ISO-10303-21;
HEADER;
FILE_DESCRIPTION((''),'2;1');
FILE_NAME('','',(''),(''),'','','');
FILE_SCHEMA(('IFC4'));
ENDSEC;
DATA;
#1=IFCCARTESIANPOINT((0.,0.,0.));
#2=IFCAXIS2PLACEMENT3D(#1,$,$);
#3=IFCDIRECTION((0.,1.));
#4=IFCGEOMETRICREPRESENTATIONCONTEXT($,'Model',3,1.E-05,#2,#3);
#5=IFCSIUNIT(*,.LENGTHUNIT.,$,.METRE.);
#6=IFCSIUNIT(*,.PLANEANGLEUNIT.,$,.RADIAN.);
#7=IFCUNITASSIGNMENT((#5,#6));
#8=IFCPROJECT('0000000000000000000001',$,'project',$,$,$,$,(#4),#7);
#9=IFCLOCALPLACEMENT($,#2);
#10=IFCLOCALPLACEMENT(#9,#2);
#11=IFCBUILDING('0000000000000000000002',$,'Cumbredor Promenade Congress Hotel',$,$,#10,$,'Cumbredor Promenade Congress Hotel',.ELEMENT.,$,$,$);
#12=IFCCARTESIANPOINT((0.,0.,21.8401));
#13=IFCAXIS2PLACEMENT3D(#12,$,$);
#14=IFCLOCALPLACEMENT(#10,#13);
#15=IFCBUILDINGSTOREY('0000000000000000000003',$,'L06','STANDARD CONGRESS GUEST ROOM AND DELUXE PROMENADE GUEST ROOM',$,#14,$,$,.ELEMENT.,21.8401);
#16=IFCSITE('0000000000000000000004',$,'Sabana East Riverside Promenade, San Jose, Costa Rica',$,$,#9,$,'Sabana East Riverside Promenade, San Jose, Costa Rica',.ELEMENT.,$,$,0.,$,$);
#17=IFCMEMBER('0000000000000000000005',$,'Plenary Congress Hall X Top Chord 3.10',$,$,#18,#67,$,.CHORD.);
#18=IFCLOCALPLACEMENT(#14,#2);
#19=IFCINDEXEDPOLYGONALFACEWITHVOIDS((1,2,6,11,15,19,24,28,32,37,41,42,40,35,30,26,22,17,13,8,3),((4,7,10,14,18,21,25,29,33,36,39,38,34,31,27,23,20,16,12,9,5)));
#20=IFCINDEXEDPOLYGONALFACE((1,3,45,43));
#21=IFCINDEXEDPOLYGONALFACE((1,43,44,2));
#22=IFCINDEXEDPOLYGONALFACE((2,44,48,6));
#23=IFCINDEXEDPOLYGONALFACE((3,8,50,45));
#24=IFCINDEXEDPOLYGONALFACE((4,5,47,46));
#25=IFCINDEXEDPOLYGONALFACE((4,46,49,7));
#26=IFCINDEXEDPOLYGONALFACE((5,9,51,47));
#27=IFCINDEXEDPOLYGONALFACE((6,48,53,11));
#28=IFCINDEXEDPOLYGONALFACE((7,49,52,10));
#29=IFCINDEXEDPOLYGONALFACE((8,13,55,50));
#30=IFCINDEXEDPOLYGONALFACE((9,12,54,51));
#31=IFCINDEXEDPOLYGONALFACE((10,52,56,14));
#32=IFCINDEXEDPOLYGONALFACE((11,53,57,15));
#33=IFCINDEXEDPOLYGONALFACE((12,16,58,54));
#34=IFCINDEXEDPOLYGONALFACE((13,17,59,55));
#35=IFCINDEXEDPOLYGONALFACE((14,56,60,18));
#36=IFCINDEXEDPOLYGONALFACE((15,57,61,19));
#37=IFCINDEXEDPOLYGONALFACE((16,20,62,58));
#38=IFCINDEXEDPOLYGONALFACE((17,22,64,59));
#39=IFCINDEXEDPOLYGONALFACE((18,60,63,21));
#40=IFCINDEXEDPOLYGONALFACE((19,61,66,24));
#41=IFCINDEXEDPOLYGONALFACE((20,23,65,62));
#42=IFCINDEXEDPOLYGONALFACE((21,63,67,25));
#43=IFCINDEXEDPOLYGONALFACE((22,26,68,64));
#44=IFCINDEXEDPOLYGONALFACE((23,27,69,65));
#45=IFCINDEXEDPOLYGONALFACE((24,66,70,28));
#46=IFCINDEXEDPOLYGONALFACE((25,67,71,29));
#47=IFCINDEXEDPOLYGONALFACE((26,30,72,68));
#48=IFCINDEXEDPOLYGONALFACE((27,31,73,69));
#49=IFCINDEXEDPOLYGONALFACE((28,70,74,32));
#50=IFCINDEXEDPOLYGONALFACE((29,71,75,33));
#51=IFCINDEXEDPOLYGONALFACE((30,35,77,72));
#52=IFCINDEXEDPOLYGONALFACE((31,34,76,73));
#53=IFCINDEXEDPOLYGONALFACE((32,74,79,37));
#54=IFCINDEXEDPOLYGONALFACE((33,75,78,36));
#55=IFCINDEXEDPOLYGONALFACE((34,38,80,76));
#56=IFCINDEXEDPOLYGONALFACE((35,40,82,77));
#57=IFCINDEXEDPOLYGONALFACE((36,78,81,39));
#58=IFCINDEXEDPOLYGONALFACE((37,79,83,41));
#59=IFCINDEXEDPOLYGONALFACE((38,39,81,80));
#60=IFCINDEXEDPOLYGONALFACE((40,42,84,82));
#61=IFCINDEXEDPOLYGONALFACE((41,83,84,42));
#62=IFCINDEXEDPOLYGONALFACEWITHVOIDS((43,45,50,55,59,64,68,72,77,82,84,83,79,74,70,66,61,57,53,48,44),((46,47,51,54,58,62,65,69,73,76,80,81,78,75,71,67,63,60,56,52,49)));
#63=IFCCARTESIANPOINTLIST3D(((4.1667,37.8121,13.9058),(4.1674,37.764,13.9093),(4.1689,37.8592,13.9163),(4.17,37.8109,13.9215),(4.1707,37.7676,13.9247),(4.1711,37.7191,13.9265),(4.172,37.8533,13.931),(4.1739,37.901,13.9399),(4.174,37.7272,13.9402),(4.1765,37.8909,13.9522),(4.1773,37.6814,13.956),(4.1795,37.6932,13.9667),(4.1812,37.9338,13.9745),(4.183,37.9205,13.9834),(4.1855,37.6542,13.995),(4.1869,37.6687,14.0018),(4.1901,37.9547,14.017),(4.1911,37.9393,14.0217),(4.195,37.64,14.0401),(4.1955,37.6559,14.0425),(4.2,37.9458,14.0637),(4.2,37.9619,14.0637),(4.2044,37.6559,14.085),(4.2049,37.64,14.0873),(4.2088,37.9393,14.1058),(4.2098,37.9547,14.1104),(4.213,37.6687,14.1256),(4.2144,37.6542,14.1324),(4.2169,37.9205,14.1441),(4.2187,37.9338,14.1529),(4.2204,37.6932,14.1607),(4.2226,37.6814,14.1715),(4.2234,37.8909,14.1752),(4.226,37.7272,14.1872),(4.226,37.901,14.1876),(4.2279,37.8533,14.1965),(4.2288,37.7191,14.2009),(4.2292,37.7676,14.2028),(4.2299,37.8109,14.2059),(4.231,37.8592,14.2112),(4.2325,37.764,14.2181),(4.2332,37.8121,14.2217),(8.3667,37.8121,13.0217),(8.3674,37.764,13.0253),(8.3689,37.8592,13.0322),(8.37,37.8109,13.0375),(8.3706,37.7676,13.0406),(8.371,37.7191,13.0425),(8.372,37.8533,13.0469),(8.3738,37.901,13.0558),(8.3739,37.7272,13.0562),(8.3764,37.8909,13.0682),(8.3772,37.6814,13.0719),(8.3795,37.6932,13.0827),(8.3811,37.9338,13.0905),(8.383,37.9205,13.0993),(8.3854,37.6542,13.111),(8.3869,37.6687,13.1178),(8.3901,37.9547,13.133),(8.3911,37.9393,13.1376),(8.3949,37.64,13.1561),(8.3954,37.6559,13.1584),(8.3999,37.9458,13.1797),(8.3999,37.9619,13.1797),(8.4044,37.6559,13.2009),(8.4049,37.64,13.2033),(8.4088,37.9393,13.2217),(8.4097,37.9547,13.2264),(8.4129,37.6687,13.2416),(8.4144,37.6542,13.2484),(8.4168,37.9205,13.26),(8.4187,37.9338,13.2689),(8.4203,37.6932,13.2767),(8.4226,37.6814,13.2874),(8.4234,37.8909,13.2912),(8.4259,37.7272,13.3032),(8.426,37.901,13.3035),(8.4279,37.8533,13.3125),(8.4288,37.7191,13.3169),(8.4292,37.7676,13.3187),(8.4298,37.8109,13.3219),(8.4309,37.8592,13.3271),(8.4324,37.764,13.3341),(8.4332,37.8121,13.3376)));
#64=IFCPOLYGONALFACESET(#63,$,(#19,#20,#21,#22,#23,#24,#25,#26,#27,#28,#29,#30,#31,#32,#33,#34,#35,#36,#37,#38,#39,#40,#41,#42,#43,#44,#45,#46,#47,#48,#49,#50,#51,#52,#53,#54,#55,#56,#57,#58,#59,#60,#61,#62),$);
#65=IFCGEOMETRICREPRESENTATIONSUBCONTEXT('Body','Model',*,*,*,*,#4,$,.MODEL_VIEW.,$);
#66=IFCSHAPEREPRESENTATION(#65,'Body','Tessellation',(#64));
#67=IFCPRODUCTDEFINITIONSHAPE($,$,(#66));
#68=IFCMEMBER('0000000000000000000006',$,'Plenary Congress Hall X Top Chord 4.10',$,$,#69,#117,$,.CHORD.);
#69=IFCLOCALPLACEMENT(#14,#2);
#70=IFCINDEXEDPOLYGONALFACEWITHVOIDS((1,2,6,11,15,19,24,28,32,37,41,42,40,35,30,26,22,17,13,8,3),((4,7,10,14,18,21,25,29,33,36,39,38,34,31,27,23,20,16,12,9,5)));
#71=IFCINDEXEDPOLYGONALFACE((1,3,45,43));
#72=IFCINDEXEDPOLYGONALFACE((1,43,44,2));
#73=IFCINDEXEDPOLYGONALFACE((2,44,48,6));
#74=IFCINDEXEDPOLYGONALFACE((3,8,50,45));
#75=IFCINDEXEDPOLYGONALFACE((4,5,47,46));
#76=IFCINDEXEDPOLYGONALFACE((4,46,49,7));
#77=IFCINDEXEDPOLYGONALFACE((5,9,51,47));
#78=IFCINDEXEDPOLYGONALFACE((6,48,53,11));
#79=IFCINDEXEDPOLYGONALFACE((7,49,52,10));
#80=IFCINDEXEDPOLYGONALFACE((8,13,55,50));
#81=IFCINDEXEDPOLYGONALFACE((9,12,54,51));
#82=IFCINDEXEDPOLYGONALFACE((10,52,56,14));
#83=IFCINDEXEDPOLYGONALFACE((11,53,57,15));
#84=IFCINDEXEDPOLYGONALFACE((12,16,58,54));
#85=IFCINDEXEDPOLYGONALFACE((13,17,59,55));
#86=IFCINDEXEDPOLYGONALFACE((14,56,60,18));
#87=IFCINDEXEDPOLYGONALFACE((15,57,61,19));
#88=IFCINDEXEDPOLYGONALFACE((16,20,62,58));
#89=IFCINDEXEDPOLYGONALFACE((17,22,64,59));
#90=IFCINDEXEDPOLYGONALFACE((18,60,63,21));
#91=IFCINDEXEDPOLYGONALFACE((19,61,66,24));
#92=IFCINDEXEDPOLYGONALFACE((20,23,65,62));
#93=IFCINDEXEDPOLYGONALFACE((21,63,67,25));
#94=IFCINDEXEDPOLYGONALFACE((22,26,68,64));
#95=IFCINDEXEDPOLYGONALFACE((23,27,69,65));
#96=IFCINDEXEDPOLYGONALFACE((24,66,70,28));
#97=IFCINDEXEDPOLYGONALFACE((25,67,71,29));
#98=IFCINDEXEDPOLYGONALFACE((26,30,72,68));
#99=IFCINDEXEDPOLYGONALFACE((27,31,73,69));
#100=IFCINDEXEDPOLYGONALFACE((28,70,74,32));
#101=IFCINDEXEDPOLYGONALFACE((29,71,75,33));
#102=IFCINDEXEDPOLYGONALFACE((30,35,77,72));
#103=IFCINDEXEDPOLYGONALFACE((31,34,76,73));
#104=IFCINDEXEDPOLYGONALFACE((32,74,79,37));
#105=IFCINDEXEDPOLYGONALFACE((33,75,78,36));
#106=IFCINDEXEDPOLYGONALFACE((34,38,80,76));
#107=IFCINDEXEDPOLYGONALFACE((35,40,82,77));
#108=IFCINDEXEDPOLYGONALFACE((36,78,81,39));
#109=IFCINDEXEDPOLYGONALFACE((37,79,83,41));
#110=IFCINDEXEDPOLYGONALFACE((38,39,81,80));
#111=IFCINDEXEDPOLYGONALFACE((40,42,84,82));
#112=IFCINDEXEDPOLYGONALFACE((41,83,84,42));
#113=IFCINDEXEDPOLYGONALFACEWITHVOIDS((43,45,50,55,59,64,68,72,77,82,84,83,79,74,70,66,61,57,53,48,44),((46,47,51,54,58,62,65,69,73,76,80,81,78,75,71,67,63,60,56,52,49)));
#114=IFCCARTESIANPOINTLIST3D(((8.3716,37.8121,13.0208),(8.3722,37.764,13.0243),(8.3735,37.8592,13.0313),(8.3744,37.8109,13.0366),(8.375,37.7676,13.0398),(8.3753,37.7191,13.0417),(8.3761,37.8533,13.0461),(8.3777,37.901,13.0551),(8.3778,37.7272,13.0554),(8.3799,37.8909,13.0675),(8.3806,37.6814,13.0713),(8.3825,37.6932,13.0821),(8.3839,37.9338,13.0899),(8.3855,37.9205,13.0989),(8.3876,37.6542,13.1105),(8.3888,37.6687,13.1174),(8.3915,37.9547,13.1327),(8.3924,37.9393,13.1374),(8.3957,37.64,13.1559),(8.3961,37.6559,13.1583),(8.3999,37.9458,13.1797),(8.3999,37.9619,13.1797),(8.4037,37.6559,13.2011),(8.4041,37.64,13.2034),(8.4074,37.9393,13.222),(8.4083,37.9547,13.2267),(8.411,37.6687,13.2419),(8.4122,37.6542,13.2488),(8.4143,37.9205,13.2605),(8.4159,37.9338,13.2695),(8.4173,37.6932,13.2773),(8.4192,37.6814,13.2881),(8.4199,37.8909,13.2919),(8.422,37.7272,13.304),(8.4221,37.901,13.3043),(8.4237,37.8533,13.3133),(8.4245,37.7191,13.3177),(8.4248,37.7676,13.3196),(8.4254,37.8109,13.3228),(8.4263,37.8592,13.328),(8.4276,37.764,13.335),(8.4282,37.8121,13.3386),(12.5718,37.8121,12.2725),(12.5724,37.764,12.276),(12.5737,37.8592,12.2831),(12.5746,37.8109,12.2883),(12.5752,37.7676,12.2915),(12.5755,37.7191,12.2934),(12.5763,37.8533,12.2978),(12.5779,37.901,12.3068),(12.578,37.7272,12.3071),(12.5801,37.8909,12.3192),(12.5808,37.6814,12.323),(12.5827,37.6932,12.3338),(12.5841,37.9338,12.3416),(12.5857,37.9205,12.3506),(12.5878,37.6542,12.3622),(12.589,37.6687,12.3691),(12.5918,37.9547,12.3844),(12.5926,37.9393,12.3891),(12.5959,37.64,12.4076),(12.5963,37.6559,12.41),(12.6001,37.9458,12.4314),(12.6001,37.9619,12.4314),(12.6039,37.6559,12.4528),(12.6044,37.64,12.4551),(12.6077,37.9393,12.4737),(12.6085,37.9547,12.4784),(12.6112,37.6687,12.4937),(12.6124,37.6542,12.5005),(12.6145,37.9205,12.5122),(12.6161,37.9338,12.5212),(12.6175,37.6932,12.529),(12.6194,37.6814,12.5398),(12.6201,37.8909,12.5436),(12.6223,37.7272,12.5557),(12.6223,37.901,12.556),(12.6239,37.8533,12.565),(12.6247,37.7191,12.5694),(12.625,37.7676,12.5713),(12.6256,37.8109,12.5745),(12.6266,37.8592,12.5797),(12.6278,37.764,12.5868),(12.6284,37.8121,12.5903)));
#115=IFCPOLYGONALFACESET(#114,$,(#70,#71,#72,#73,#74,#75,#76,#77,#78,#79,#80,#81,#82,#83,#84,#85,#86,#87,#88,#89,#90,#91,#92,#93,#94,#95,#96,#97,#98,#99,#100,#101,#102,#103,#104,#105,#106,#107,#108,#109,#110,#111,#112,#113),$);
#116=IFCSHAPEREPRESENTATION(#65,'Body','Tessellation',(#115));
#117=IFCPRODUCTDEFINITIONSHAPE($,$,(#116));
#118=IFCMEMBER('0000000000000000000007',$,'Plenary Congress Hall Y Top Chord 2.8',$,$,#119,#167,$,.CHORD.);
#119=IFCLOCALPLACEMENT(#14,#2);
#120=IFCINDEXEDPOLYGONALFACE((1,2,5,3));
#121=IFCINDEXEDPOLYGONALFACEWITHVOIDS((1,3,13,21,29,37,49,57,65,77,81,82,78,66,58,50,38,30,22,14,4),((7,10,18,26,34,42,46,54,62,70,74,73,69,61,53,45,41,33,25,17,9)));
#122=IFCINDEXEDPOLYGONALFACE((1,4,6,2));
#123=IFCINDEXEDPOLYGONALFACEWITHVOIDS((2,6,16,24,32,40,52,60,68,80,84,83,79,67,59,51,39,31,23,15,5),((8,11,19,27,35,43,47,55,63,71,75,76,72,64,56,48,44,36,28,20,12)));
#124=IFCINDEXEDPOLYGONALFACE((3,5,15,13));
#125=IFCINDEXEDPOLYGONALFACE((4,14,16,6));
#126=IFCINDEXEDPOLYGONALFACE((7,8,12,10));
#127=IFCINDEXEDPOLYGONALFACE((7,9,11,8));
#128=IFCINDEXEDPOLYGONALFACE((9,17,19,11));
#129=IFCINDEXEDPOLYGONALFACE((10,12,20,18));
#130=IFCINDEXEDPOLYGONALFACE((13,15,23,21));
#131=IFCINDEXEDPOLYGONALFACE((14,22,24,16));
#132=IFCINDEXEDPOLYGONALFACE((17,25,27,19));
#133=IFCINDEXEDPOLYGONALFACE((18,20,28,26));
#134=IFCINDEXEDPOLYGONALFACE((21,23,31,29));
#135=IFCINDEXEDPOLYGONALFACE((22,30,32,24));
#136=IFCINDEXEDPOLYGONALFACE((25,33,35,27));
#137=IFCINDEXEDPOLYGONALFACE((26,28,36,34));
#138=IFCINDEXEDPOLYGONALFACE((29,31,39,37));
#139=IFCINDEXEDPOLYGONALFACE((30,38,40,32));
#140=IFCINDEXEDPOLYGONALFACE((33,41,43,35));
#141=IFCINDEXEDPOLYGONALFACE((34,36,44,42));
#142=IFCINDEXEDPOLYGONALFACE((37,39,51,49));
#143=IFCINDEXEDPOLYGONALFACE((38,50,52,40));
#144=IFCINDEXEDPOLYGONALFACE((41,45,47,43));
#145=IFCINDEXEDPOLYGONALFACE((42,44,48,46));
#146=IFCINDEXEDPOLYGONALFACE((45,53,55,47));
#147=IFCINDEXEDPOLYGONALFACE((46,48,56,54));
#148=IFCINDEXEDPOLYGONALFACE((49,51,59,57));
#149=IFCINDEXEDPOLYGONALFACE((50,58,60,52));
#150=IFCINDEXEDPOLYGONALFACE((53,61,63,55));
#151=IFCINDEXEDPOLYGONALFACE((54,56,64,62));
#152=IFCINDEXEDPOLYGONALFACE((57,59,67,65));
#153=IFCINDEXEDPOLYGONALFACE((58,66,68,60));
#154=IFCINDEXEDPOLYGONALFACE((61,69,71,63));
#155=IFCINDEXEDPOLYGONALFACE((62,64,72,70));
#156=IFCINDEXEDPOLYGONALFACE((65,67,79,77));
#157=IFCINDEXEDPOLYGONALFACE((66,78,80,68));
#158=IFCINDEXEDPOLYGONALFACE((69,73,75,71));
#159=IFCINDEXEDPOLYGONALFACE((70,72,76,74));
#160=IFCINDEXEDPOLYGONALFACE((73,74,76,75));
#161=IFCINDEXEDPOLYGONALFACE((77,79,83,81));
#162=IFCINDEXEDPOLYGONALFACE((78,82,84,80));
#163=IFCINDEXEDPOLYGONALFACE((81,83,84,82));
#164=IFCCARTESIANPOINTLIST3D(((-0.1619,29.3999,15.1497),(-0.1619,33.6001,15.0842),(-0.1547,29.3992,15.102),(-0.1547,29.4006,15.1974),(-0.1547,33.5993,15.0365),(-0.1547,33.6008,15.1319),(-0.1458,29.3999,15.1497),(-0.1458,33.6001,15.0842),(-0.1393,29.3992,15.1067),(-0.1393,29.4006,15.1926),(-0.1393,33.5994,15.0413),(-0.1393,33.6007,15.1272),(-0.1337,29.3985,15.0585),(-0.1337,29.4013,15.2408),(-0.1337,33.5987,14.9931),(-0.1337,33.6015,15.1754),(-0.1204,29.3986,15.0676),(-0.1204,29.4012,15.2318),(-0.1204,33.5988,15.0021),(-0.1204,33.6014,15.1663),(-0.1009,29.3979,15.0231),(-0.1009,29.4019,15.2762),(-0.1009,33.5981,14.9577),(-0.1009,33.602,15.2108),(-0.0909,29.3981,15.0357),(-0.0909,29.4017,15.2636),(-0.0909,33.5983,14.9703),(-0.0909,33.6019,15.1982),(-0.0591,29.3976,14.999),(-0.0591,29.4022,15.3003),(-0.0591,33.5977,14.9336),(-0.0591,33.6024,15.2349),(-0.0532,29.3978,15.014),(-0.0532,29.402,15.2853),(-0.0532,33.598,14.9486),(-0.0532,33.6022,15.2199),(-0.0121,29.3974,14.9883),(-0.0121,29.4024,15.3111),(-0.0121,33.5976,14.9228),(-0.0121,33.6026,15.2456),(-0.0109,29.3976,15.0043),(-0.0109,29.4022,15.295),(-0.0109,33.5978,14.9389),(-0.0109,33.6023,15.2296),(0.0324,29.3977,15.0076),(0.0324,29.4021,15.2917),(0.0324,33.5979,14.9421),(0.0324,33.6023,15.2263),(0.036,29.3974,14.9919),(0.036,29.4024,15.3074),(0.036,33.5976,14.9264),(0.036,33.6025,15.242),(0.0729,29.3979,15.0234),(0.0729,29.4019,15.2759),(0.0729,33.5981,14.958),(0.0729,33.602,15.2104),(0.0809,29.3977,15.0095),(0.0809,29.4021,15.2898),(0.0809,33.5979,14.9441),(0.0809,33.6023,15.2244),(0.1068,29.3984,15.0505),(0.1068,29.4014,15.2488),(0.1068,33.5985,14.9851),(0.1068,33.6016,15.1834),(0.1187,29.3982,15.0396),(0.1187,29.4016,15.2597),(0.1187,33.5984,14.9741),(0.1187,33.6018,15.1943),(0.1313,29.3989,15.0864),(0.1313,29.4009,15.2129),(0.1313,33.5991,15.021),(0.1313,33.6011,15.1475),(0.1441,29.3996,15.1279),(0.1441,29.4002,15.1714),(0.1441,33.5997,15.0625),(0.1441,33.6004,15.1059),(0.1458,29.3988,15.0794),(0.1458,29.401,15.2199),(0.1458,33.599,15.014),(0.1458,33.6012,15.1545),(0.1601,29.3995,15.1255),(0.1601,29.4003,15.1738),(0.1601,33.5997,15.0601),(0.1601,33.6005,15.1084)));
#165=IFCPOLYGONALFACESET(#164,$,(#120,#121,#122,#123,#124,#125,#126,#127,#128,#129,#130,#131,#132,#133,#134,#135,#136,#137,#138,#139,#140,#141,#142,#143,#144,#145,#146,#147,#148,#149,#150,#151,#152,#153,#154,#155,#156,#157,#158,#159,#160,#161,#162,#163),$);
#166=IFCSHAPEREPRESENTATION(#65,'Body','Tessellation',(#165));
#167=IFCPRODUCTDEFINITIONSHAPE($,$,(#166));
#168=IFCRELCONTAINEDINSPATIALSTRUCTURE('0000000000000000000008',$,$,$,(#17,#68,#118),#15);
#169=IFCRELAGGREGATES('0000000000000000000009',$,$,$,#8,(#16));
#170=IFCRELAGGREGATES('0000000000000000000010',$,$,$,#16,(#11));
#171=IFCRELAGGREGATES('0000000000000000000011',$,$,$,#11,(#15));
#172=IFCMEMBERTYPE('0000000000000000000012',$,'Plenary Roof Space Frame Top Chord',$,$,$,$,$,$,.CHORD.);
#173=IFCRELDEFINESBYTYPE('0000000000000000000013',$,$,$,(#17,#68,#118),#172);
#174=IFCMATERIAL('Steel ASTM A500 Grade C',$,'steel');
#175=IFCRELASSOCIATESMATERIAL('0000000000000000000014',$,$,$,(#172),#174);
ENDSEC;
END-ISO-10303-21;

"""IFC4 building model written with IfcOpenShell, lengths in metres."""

from ifc_helpers import new_model, si_unit, direction, frame, origin, origin_2d, place, context, subcontext, project, spatial, hollow_circle, extrude, material, material_profile, profile_set, type_object, element, save


model = new_model("IFC4")

# Units and contexts
model_context = context("Model", 3, precision=1e-05, world=origin(), true_north=direction((0.0, 1.0)))
body_context = subcontext(model_context, "Body", "Model", "MODEL_VIEW")
ifc_project = project(units=[si_unit("LENGTHUNIT", "METRE"), si_unit("PLANEANGLEUNIT", "RADIAN")], contexts=[model_context])

# Site, building, storey
site_placement = place(None, origin())
site = spatial("IfcSite", under=ifc_project, at=site_placement, Name="Sabana East Riverside Promenade, San Jose, Costa Rica", LongName="Sabana East Riverside Promenade, San Jose, Costa Rica", CompositionType="ELEMENT", RefElevation=0.0)
building_placement = place(site_placement, origin())
building = spatial("IfcBuilding", under=site, at=building_placement, Name="Cumbredor Promenade Congress Hotel", LongName="Cumbredor Promenade Congress Hotel", CompositionType="ELEMENT")
storey_placement = place(building_placement, frame((0.0, 0.0, 21.8401)))
storey = spatial("IfcBuildingStorey", under=building, at=storey_placement, Name="L06", Description="STANDARD CONGRESS GUEST ROOM AND DELUXE PROMENADE GUEST ROOM", CompositionType="ELEMENT", Elevation=21.8401)

# Members
ifc_material_1 = material(Name="Steel ASTM A500 Grade C", Category="steel")
ifc_material_profile_1 = material_profile(ifc_material_1, hollow_circle(Radius=0.1619, WallThickness=0.0161, at=origin_2d()), Name="CHS 323.9x16")
ifc_profile_set_1 = profile_set([ifc_material_profile_1], Name="Steel ASTM A500 Grade C")
member_type_1 = type_object("IfcMemberType", Name="Plenary Roof Space Frame Top Chord", PredefinedType="CHORD", material=ifc_profile_set_1)
member_1_placement = place(storey_placement, frame((4.2, 37.8, 14.0637), z_axis=(0.978558, 0.0, -0.205973), x_axis=(0.0, 1.0, 0.0)))
element("IfcMember", 1, at=member_1_placement, inside=storey, type_object=member_type_1, Name="Plenary Congress Hall X Top Chord 3.10", PredefinedType="CHORD", context=body_context, shape_type="SweptSolid", body=[
    extrude(hollow_circle(Radius=0.1619, WallThickness=0.0161, at=origin_2d()), origin(), (0.0, 0.0, 1.0), 4.292),
])
member_2_placement = place(storey_placement, frame((8.3999, 37.8, 13.1797), z_axis=(0.984498, 0.0, -0.175395), x_axis=(0.0, 1.0, 0.0)))
element("IfcMember", 2, at=member_2_placement, inside=storey, type_object=member_type_1, Name="Plenary Congress Hall X Top Chord 4.10", PredefinedType="CHORD", context=body_context, shape_type="SweptSolid", body=[
    extrude(hollow_circle(Radius=0.1619, WallThickness=0.0161, at=origin_2d()), origin(), (0.0, 0.0, 1.0), 4.2664),
])
member_3_placement = place(storey_placement, frame((0.0, 29.3999, 15.1497), z_axis=(0.0, 0.999879, -0.015576), x_axis=(-1.0, 0.0, 0.0)))
element("IfcMember", 3, at=member_3_placement, inside=storey, type_object=member_type_1, Name="Plenary Congress Hall Y Top Chord 2.8", PredefinedType="CHORD", context=body_context, shape_type="SweptSolid", body=[
    extrude(hollow_circle(Radius=0.1619, WallThickness=0.0161, at=origin_2d()), origin(), (0.0, 0.0, 1.0), 4.2007),
])

save(model, "model.ifc")
